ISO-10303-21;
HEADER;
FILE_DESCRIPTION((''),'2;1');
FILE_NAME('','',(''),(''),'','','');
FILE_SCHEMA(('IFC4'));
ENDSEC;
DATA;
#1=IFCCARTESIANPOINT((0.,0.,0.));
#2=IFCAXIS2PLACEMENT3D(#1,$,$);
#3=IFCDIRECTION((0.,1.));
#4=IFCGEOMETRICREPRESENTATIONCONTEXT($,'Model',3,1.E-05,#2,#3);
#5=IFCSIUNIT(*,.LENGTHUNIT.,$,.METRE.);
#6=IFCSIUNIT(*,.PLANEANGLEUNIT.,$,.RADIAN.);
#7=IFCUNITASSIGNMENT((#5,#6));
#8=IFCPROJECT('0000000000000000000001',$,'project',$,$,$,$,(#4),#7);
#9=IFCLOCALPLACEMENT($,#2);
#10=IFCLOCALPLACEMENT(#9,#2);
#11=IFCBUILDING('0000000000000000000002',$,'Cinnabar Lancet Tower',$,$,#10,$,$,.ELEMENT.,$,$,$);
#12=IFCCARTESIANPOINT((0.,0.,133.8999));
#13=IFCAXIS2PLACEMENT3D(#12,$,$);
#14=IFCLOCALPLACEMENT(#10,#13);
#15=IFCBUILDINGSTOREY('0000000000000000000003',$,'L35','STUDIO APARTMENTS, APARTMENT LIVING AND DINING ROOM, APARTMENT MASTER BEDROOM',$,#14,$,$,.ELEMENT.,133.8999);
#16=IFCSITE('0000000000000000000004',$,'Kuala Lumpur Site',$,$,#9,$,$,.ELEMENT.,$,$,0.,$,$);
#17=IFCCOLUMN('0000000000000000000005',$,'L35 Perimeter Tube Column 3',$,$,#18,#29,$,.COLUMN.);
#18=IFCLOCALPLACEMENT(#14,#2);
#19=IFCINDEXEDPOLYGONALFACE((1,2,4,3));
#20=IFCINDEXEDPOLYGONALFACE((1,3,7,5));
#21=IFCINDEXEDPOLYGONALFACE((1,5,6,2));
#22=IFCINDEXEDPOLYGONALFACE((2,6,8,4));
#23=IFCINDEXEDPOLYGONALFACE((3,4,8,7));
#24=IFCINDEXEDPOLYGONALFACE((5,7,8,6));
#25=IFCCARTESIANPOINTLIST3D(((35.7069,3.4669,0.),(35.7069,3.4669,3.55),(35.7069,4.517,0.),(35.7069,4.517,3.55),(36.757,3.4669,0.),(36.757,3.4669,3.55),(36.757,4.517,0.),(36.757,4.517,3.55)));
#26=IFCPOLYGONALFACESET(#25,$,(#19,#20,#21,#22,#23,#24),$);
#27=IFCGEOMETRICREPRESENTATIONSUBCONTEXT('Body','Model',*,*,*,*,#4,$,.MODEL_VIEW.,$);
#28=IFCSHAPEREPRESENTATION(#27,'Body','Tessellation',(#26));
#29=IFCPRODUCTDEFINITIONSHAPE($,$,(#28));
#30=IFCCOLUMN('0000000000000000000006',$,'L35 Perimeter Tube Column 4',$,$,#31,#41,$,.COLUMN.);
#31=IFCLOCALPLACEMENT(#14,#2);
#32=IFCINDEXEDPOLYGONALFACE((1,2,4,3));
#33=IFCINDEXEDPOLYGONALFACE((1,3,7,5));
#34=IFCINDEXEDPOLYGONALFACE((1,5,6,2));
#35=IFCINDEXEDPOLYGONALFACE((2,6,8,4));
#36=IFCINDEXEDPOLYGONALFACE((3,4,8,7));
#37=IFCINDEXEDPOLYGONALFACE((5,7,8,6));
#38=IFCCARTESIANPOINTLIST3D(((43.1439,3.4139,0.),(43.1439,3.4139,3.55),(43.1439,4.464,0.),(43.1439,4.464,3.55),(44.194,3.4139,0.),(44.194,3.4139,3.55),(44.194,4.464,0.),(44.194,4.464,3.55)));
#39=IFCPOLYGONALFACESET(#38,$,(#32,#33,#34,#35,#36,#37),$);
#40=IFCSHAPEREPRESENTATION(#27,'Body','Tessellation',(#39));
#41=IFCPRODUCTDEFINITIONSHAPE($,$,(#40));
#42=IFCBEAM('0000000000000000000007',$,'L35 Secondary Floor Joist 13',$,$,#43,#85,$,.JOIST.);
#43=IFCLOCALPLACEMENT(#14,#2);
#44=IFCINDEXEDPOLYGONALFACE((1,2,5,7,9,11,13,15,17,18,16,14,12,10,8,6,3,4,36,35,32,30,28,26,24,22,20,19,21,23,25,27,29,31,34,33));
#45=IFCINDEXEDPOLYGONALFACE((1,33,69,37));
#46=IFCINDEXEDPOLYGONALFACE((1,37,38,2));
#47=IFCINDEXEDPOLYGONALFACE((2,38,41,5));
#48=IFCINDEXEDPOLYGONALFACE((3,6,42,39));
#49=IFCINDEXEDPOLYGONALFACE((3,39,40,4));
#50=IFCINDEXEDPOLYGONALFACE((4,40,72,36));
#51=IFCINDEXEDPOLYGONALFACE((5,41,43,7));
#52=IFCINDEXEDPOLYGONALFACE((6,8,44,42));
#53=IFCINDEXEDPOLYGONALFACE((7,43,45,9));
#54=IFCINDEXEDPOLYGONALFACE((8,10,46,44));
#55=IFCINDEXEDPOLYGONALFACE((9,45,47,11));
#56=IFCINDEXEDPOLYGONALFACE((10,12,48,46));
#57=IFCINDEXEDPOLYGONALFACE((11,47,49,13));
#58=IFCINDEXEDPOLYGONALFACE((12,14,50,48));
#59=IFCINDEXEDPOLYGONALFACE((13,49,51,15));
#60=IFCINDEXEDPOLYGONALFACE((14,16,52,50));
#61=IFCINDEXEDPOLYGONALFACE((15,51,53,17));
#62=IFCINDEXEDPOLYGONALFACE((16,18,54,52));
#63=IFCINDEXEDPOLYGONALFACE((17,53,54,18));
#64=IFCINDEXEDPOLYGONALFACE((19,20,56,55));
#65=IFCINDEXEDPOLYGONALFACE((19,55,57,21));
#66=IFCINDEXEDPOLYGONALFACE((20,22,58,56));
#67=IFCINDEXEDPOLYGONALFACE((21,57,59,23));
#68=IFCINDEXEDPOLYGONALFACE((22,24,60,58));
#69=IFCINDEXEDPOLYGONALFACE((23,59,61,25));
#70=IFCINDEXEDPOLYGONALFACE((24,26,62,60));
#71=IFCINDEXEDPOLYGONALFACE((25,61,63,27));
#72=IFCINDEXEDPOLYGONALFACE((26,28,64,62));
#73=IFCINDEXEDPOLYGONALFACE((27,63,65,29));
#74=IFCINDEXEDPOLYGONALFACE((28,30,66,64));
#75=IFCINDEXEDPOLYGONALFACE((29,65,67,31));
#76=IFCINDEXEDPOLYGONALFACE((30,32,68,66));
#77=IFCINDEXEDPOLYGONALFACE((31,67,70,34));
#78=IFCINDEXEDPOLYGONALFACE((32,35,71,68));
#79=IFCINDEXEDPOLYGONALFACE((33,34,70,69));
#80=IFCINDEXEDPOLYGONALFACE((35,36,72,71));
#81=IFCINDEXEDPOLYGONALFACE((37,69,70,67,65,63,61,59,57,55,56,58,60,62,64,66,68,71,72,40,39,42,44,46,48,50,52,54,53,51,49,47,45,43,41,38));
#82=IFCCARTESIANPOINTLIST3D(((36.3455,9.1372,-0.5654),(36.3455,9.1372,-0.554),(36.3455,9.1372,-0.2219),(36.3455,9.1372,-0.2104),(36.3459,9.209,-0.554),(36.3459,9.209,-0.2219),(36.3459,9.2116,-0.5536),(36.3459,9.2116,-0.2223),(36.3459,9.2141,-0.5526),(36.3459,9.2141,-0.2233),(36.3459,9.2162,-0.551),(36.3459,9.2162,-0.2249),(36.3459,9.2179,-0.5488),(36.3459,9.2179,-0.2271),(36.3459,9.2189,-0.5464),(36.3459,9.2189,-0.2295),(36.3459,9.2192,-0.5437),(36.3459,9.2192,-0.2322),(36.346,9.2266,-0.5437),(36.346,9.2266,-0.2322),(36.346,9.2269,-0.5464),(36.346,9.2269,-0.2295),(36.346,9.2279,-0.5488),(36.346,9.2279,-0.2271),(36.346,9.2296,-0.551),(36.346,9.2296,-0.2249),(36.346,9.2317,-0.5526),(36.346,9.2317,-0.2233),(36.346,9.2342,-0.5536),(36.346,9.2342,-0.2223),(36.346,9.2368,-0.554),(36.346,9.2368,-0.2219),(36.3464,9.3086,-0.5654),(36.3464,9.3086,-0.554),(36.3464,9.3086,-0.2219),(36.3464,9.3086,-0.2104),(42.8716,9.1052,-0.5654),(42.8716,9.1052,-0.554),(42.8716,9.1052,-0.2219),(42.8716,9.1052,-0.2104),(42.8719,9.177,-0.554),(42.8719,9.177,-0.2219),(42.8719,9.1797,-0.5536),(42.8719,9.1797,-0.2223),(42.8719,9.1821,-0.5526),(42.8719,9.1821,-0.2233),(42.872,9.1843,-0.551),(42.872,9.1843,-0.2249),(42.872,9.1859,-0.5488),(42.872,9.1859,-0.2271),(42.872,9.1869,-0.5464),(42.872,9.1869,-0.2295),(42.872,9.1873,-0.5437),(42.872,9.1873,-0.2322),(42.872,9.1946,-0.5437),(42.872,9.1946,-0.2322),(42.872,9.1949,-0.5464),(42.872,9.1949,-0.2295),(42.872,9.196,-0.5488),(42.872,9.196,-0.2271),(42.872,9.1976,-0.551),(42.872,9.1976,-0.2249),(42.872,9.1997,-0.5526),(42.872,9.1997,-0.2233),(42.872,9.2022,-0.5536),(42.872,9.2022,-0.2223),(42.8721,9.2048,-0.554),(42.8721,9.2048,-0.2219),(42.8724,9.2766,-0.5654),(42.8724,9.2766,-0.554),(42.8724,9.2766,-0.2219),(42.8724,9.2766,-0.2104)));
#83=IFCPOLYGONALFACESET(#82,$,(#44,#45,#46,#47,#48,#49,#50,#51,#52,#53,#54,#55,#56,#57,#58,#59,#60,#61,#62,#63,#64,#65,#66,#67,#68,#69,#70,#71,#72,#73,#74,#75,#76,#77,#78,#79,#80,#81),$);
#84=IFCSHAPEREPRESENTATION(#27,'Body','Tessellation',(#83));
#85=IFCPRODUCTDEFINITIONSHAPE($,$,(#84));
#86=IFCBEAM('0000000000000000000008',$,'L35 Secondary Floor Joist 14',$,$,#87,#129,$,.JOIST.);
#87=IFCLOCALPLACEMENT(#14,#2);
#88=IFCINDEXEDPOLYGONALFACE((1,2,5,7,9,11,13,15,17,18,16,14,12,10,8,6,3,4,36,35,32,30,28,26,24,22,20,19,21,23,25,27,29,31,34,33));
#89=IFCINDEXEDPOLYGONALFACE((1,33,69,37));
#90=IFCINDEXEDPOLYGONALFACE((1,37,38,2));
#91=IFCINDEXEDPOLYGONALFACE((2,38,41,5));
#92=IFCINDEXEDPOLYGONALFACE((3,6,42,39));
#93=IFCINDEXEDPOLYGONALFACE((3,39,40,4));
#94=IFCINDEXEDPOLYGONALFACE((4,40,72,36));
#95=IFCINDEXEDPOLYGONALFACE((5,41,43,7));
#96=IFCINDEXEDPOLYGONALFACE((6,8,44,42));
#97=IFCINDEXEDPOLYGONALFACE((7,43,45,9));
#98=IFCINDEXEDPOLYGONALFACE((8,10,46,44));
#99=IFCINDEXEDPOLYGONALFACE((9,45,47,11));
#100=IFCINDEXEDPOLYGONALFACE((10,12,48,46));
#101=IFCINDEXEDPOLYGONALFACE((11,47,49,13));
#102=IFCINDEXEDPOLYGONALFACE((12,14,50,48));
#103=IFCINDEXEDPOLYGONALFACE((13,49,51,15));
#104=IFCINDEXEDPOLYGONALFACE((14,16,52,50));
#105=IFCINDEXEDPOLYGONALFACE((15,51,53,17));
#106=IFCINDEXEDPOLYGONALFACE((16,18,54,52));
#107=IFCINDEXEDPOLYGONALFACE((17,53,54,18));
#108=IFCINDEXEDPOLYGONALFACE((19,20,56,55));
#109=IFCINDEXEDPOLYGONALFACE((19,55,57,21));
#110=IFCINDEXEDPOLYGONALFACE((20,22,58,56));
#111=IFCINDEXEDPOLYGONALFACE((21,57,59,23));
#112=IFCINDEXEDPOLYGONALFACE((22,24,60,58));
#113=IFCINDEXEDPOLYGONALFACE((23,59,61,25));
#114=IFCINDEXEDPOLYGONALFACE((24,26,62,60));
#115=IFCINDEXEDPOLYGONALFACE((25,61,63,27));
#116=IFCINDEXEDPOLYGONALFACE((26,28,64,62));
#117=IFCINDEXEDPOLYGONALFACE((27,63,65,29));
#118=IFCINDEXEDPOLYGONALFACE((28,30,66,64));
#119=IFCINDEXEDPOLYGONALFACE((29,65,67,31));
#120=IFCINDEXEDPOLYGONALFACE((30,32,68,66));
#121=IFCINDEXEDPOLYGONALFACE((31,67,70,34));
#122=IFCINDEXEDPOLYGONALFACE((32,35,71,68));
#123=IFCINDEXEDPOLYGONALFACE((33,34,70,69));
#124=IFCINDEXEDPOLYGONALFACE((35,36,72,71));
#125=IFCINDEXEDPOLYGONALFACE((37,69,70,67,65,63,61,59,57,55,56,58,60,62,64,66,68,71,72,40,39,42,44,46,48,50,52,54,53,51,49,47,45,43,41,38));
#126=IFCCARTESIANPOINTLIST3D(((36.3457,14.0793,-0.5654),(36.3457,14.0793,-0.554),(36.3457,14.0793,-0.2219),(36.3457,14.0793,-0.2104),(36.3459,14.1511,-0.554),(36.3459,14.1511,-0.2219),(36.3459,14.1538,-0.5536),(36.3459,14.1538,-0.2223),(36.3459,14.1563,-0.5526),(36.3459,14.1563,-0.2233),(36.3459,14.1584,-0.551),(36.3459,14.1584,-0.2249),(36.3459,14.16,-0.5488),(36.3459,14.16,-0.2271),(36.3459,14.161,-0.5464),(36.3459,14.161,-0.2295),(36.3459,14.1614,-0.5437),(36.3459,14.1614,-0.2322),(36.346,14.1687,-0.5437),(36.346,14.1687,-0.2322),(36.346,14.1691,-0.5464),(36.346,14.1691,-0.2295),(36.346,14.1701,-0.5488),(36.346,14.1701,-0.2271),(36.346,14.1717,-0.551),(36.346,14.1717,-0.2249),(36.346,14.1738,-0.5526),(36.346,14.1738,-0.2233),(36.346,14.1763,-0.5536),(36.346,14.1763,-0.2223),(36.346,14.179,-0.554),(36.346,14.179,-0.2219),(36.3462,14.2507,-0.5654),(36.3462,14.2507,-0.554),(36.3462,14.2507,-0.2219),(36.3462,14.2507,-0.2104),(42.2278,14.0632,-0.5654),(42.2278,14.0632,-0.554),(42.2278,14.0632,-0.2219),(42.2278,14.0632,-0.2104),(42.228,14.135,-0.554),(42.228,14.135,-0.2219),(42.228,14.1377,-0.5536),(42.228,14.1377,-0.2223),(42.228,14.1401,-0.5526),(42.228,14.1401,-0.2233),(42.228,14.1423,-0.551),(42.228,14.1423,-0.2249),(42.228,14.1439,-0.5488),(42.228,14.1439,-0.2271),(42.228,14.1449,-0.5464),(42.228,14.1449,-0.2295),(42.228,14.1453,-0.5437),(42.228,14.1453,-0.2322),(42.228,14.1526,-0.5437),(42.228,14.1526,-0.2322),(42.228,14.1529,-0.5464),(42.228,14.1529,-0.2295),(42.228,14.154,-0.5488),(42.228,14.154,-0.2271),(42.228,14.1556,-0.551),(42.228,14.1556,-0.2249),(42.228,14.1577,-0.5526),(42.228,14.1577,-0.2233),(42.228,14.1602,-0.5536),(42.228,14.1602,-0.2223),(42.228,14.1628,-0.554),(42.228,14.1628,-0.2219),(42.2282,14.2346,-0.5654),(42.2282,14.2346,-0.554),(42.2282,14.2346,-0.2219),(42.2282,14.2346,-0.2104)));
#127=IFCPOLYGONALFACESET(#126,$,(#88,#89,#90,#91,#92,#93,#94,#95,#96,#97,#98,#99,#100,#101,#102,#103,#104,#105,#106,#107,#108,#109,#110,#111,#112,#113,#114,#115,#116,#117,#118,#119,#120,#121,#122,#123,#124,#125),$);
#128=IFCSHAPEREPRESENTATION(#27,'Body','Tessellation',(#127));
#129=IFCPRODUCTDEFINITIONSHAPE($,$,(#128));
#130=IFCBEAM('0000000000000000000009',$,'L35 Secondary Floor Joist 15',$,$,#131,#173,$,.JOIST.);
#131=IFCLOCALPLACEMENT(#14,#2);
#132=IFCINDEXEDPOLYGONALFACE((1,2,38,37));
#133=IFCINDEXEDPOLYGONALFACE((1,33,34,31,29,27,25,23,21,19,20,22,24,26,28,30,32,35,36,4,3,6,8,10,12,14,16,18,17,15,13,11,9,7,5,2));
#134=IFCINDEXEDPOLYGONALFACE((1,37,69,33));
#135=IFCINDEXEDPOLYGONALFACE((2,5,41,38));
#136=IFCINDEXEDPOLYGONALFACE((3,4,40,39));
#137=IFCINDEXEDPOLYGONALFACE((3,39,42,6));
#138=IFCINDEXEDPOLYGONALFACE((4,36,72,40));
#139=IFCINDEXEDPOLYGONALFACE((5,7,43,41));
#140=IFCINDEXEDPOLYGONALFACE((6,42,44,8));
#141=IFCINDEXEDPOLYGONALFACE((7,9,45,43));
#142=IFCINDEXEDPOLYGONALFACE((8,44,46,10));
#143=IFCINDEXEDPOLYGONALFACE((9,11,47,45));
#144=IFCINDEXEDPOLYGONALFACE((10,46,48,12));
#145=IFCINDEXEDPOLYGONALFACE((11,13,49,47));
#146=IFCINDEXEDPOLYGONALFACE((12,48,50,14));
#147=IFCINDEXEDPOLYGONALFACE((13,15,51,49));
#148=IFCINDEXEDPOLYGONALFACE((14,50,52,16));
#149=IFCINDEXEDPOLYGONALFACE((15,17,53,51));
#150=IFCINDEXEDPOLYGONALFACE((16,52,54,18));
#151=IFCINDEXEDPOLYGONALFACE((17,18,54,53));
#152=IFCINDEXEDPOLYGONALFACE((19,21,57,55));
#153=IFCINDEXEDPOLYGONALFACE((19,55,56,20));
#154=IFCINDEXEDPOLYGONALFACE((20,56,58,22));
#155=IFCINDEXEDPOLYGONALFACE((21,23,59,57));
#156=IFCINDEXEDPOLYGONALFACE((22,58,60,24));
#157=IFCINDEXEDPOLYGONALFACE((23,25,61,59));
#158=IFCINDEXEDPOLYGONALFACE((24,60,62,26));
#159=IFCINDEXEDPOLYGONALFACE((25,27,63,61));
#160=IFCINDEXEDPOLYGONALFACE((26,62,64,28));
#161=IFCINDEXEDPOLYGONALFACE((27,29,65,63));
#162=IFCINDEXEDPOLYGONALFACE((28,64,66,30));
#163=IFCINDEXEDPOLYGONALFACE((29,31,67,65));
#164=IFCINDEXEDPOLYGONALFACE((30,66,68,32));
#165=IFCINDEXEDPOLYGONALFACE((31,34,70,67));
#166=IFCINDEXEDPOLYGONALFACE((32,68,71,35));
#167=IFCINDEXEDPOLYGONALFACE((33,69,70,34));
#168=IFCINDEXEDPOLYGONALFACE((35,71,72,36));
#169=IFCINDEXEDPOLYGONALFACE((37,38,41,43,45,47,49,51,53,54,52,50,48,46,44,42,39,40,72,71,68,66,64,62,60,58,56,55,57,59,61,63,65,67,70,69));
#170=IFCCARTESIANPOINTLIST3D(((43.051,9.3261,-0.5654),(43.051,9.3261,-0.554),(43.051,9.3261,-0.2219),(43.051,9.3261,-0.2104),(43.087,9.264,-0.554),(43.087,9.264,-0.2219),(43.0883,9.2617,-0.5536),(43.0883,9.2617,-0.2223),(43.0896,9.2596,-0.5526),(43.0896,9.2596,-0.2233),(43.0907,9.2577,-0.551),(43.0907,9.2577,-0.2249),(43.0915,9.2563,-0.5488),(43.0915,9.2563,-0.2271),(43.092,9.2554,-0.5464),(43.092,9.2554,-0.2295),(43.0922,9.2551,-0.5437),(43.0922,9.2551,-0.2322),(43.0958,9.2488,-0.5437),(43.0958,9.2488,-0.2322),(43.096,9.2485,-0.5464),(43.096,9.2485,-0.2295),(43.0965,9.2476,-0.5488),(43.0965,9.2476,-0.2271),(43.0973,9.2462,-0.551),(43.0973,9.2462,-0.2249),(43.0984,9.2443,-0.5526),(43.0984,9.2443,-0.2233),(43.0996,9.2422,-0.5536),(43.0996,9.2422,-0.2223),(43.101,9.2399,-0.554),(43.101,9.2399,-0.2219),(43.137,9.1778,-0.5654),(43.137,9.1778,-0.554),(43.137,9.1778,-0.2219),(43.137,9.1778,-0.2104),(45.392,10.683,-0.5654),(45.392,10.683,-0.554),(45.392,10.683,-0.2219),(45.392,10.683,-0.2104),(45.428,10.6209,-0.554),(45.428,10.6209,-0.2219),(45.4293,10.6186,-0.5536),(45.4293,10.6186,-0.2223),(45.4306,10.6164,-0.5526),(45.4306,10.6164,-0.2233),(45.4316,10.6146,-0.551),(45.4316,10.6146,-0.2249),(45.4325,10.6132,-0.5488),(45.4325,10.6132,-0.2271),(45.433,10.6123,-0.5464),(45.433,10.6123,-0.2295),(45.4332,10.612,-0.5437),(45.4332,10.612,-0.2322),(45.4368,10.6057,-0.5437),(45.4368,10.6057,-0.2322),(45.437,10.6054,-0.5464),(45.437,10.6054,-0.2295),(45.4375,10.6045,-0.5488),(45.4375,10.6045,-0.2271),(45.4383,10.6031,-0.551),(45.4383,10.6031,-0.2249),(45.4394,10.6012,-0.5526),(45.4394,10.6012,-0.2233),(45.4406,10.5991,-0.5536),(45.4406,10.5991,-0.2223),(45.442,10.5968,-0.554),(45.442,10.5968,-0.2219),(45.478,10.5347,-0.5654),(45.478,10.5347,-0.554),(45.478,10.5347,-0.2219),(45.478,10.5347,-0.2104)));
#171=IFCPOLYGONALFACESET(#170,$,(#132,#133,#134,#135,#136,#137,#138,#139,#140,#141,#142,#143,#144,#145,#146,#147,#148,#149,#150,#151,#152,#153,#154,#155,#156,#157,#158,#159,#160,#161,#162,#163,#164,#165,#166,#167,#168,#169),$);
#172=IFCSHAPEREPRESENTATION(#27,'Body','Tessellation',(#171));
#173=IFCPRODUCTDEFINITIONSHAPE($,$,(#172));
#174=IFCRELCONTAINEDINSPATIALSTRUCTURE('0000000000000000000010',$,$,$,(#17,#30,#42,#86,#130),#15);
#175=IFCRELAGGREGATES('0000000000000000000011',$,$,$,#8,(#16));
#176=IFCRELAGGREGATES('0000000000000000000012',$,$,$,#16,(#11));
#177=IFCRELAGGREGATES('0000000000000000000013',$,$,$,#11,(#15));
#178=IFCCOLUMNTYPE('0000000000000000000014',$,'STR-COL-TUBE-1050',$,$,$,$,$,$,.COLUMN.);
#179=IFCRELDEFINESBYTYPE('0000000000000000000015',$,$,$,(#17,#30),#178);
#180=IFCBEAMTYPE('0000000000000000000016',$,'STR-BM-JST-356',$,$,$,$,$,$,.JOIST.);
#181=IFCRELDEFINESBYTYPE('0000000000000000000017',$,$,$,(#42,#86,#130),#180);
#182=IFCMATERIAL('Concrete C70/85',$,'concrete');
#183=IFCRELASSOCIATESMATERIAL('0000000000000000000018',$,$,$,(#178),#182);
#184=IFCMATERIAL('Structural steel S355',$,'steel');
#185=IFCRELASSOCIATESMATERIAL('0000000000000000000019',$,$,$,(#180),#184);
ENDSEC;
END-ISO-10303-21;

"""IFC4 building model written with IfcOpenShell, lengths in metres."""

from ifc_helpers import new_model, si_unit, direction, frame, origin, origin_2d, place, context, subcontext, project, spatial, rectangle, i_section, extrude, material, material_profile, profile_set, type_object, element, save


model = new_model("IFC4")

# Units and contexts
model_context = context("Model", 3, precision=1e-05, world=origin(), true_north=direction((0.0, 1.0)))
body_context = subcontext(model_context, "Body", "Model", "MODEL_VIEW")
ifc_project = project(units=[si_unit("LENGTHUNIT", "METRE"), si_unit("PLANEANGLEUNIT", "RADIAN")], contexts=[model_context])

# Site, building, storey
site_placement = place(None, origin())
site = spatial("IfcSite", under=ifc_project, at=site_placement, Name="Kuala Lumpur Site", CompositionType="ELEMENT", RefElevation=0.0)
building_placement = place(site_placement, origin())
building = spatial("IfcBuilding", under=site, at=building_placement, Name="Cinnabar Lancet Tower", CompositionType="ELEMENT")
storey_placement = place(building_placement, frame((0.0, 0.0, 133.8999)))
storey = spatial("IfcBuildingStorey", under=building, at=storey_placement, Name="L35", Description="STUDIO APARTMENTS, APARTMENT LIVING AND DINING ROOM, APARTMENT MASTER BEDROOM", CompositionType="ELEMENT", Elevation=133.8999)

# Columns
ifc_material_1 = material(Name="Concrete C70/85", Category="concrete")
ifc_material_profile_1 = material_profile(ifc_material_1, rectangle(XDim=1.05, YDim=1.05, at=origin_2d()), Name="RC-COL 1050x1050")
ifc_profile_set_1 = profile_set([ifc_material_profile_1], Name="Concrete C70/85")
column_type = type_object("IfcColumnType", Name="STR-COL-TUBE-1050", PredefinedType="COLUMN", material=ifc_profile_set_1)
for number, where, z_axis, x_axis, name in (
    (1, (36.2319, 3.9919, 0.0), (0.0, 0.0, 1.0), (1.0, 0.0, 0.0), "L35 Perimeter Tube Column 3"),
    (2, (43.6689, 3.939, 0.0), (0.0, 0.0, 1.0), (1.0, 0.0, 0.0), "L35 Perimeter Tube Column 4"),
):
    element("IfcColumn", number, at=place(storey_placement, frame(where, z_axis=z_axis, x_axis=x_axis)), inside=storey, type_object=column_type, Name=name, PredefinedType="COLUMN", context=body_context, shape_type="SweptSolid", body=[
        extrude(rectangle(XDim=1.05, YDim=1.05, at=origin_2d()), origin(), (0.0, 0.0, 1.0), 3.55),
    ])

# Beams
ifc_material_2 = material(Name="Structural steel S355", Category="steel")
ifc_material_profile_2 = material_profile(ifc_material_2, i_section(OverallWidth=0.1714, OverallDepth=0.355, WebThickness=0.0073, FlangeThickness=0.0115, FilletRadius=0.0103, at=origin_2d()), Name="UKB 356x171x51")
ifc_profile_set_2 = profile_set([ifc_material_profile_2], Name="Structural steel S355")
beam_type_1 = type_object("IfcBeamType", Name="STR-BM-JST-356", PredefinedType="JOIST", material=ifc_profile_set_2)
beam_1_placement = place(storey_placement, frame((36.3459, 9.2229, -0.3879), z_axis=(0.999988, -0.004901, 0.0), x_axis=(0.004901, 0.999988, 0.0)))
element("IfcBeam", 3, at=beam_1_placement, inside=storey, type_object=beam_type_1, Name="L35 Secondary Floor Joist 13", PredefinedType="JOIST", context=body_context, shape_type="SweptSolid", body=[
    extrude(i_section(OverallWidth=0.1714, OverallDepth=0.355, WebThickness=0.0073, FlangeThickness=0.0115, FilletRadius=0.0103, at=origin_2d()), origin(), (0.0, 0.0, 1.0), 6.5261),
])
beam_2_placement = place(storey_placement, frame((36.3459, 14.165, -0.3879), z_axis=(0.999996, -0.002739, 0.0), x_axis=(0.002739, 0.999996, 0.0)))
element("IfcBeam", 4, at=beam_2_placement, inside=storey, type_object=beam_type_1, Name="L35 Secondary Floor Joist 14", PredefinedType="JOIST", context=body_context, shape_type="SweptSolid", body=[
    extrude(i_section(OverallWidth=0.1714, OverallDepth=0.355, WebThickness=0.0073, FlangeThickness=0.0115, FilletRadius=0.0103, at=origin_2d()), origin(), (0.0, 0.0, 1.0), 5.8821),
])
beam_3_placement = place(storey_placement, frame((43.094, 9.252, -0.3879), z_axis=(0.865173, 0.501474, 0.0), x_axis=(-0.501474, 0.865173, 0.0)))
element("IfcBeam", 5, at=beam_3_placement, inside=storey, type_object=beam_type_1, Name="L35 Secondary Floor Joist 15", PredefinedType="JOIST", context=body_context, shape_type="SweptSolid", body=[
    extrude(i_section(OverallWidth=0.1714, OverallDepth=0.355, WebThickness=0.0073, FlangeThickness=0.0115, FilletRadius=0.0103, at=origin_2d()), origin(), (0.0, 0.0, 1.0), 2.7058),
])

save(model, "model.ifc")
